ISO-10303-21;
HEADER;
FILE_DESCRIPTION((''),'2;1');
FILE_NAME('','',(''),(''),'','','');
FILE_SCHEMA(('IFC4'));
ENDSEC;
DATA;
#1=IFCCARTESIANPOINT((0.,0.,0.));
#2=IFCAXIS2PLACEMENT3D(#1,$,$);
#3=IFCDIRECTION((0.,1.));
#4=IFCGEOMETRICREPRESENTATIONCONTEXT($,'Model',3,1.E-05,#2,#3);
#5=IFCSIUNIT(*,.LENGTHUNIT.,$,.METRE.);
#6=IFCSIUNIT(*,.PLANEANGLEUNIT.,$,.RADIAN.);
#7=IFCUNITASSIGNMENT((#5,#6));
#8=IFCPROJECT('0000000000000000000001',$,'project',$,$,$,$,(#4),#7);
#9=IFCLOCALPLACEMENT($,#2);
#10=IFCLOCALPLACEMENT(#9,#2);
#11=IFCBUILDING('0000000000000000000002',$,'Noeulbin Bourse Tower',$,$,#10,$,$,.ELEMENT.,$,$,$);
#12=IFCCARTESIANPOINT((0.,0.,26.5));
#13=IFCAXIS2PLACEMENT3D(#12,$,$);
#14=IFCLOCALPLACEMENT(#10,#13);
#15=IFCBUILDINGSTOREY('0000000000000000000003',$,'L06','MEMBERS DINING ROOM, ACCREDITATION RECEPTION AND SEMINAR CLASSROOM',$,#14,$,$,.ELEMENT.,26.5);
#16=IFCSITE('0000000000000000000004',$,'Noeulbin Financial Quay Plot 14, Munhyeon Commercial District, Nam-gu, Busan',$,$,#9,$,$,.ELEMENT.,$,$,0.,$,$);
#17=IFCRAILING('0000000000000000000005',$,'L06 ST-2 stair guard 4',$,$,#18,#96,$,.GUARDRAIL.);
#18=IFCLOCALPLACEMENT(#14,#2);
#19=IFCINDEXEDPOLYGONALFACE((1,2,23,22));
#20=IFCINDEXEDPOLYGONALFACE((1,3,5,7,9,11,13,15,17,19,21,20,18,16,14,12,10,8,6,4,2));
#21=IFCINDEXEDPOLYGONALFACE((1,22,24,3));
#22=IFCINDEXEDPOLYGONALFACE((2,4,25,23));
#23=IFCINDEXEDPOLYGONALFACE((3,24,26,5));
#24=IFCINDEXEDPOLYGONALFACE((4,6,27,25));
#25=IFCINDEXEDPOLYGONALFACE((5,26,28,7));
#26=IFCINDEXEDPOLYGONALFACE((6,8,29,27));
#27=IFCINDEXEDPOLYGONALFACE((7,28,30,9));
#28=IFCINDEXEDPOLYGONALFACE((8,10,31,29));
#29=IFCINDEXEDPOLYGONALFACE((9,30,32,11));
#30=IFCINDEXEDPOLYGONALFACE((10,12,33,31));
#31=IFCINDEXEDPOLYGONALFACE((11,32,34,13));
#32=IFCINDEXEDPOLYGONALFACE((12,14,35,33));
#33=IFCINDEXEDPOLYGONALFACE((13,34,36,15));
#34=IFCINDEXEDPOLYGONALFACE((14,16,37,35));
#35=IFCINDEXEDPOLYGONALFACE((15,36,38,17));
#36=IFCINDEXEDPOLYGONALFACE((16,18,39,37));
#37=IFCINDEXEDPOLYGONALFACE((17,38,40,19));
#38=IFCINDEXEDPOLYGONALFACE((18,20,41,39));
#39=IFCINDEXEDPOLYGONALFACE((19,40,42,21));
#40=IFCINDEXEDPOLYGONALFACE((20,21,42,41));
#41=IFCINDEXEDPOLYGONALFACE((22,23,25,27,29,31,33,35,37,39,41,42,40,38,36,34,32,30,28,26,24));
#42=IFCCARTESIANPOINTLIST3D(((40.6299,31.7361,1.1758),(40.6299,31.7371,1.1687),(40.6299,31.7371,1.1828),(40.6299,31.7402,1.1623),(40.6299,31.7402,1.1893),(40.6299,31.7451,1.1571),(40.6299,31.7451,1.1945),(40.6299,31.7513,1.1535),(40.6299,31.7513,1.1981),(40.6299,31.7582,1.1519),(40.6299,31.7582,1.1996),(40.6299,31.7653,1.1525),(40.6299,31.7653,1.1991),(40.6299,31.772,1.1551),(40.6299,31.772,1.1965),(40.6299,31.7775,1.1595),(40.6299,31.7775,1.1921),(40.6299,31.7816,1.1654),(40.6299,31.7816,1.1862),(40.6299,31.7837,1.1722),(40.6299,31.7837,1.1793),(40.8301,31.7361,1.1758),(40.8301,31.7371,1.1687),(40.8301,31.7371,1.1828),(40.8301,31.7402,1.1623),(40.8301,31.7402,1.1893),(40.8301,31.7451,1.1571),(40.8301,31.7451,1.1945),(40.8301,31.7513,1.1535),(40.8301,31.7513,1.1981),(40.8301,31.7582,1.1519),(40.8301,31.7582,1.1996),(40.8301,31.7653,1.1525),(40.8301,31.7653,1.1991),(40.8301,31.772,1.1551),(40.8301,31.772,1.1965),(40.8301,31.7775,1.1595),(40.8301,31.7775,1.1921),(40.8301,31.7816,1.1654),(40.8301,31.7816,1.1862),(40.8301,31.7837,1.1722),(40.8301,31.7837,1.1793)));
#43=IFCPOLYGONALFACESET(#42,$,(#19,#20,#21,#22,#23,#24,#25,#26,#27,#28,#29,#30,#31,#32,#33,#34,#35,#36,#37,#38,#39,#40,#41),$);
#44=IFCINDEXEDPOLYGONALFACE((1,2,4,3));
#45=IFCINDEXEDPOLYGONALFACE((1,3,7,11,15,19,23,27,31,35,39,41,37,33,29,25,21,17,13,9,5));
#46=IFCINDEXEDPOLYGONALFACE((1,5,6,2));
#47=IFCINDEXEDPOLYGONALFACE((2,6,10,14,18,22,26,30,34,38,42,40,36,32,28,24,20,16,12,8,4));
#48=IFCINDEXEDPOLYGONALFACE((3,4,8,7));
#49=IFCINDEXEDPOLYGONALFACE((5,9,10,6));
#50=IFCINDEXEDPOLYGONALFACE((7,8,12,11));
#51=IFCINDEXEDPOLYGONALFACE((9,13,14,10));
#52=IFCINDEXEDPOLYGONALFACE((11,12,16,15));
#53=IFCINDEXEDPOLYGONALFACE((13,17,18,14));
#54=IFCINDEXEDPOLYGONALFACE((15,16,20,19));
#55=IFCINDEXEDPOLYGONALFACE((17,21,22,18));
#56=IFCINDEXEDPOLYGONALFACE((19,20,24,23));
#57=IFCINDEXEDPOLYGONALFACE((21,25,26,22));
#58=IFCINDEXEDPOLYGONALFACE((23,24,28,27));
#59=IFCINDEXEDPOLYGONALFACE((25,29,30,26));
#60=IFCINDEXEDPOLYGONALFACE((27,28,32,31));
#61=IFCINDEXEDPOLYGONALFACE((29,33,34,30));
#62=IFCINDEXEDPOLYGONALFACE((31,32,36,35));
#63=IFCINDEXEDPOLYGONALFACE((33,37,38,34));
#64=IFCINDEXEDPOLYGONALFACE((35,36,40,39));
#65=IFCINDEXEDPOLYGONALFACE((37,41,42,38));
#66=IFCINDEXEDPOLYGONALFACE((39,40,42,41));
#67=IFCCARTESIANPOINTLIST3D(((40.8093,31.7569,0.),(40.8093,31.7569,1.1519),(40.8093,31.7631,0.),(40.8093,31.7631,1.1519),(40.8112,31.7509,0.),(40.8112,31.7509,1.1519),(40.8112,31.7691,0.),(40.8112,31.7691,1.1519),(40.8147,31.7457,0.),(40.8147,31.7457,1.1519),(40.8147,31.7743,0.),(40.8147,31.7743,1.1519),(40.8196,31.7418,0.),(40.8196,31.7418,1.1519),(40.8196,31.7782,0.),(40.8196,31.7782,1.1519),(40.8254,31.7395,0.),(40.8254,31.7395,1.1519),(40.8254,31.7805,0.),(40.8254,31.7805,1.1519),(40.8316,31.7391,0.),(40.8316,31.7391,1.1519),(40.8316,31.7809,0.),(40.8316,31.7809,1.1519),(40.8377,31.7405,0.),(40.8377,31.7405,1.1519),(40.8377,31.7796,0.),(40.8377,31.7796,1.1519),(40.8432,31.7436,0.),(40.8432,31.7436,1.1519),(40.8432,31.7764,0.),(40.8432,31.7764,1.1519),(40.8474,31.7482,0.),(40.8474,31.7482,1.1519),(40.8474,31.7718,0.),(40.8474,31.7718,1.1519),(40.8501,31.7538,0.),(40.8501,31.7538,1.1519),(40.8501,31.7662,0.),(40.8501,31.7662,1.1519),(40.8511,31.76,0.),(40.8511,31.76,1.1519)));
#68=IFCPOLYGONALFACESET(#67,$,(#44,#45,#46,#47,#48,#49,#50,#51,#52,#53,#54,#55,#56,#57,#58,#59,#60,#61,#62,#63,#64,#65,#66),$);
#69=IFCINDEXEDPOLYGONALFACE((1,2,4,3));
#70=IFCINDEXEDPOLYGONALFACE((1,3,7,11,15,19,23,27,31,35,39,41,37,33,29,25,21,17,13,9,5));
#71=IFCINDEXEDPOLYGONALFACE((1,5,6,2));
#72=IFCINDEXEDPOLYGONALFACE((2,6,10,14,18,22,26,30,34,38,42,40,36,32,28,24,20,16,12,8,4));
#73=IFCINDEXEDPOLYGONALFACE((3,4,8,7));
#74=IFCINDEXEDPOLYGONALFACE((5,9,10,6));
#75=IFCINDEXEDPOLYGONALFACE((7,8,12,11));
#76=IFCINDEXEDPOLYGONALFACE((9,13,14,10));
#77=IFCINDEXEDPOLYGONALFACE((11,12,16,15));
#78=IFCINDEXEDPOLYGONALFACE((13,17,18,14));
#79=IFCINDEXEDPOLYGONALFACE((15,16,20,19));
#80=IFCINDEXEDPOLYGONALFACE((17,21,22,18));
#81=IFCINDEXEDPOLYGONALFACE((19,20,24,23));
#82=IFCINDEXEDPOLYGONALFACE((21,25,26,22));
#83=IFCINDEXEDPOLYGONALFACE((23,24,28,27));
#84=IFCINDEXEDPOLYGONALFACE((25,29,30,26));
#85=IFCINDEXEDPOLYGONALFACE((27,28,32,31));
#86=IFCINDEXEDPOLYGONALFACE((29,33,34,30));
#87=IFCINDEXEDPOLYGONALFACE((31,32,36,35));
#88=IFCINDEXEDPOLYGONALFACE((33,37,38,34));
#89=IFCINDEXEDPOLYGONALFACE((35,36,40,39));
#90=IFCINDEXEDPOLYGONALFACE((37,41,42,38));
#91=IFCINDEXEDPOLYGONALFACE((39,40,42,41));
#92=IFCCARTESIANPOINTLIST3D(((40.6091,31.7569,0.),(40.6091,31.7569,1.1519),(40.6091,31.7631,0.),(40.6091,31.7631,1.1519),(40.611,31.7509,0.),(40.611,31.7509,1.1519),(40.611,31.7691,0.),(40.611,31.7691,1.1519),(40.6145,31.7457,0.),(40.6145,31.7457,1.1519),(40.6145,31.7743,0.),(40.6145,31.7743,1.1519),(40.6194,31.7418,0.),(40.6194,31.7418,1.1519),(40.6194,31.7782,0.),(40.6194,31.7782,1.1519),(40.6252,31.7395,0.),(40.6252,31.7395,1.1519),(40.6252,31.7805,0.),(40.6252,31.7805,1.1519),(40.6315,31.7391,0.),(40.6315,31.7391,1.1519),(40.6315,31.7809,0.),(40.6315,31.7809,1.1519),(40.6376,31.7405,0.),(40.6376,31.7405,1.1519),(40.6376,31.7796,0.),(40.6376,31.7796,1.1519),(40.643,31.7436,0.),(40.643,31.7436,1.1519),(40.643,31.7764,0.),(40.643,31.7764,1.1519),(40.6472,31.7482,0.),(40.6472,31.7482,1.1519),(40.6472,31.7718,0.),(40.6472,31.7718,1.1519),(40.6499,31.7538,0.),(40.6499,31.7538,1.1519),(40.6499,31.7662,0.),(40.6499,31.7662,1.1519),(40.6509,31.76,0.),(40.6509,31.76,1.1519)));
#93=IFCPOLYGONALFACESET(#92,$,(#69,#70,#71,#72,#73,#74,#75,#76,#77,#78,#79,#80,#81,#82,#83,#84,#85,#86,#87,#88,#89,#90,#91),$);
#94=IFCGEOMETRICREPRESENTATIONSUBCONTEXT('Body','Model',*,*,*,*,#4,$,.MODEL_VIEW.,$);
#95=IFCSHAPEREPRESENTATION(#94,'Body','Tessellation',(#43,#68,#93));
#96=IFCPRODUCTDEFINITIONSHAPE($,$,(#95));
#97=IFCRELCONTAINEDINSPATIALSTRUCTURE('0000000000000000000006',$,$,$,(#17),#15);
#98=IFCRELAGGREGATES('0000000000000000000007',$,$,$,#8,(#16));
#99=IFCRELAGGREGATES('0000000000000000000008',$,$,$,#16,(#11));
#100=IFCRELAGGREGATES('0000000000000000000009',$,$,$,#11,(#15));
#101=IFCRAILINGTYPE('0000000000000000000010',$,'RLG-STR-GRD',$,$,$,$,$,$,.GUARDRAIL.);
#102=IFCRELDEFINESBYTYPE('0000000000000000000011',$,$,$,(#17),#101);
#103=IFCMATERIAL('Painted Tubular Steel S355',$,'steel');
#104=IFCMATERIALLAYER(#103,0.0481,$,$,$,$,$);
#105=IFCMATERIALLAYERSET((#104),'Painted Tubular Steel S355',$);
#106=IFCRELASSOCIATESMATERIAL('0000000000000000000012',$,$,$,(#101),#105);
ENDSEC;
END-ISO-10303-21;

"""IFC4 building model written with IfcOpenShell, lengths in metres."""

from ifc_helpers import new_model, si_unit, direction, frame, origin, origin_2d, place, context, subcontext, project, spatial, circle, extrude, material, layer, layer_set, type_object, element, save


model = new_model("IFC4")

# Units and contexts
model_context = context("Model", 3, precision=1e-05, world=origin(), true_north=direction((0.0, 1.0)))
body_context = subcontext(model_context, "Body", "Model", "MODEL_VIEW")
ifc_project = project(units=[si_unit("LENGTHUNIT", "METRE"), si_unit("PLANEANGLEUNIT", "RADIAN")], contexts=[model_context])

# Site, building, storey
site_placement = place(None, origin())
site = spatial("IfcSite", under=ifc_project, at=site_placement, Name="Noeulbin Financial Quay Plot 14, Munhyeon Commercial District, Nam-gu, Busan", CompositionType="ELEMENT", RefElevation=0.0)
building_placement = place(site_placement, origin())
building = spatial("IfcBuilding", under=site, at=building_placement, Name="Noeulbin Bourse Tower", CompositionType="ELEMENT")
storey_placement = place(building_placement, frame((0.0, 0.0, 26.5)))
storey = spatial("IfcBuildingStorey", under=building, at=storey_placement, Name="L06", Description="MEMBERS DINING ROOM, ACCREDITATION RECEPTION AND SEMINAR CLASSROOM", CompositionType="ELEMENT", Elevation=26.5)

# Railing
ifc_material_1 = material(Name="Painted Tubular Steel S355", Category="steel")
ifc_layer_1 = layer(ifc_material_1, 0.0481)
ifc_layer_set_1 = layer_set([ifc_layer_1], Name="Painted Tubular Steel S355")
railing_type_1 = type_object("IfcRailingType", Name="RLG-STR-GRD", PredefinedType="GUARDRAIL", material=ifc_layer_set_1)
railing_1_placement = place(storey_placement, frame((40.8301, 31.76, 0.0)))
element("IfcRailing", 1, at=railing_1_placement, inside=storey, type_object=railing_type_1, Name="L06 ST-2 stair guard 4", PredefinedType="GUARDRAIL", context=body_context, shape_type="SweptSolid", body=[
    extrude(circle(Radius=0.0239, at=origin_2d()), frame((0.0, 0.0, 1.1758), z_axis=(-1.0, 0.0, 0.0), x_axis=(0.0, -1.0, 0.0)), (0.0, 0.0, 1.0), 0.2002),
    extrude(circle(Radius=0.021, at=origin_2d()), origin(), (0.0, 0.0, 1.0), 1.1519),
    extrude(circle(Radius=0.021, at=origin_2d()), frame((-0.2002, 0.0, 0.0)), (0.0, 0.0, 1.0), 1.1519),
])

save(model, "model.ifc")
